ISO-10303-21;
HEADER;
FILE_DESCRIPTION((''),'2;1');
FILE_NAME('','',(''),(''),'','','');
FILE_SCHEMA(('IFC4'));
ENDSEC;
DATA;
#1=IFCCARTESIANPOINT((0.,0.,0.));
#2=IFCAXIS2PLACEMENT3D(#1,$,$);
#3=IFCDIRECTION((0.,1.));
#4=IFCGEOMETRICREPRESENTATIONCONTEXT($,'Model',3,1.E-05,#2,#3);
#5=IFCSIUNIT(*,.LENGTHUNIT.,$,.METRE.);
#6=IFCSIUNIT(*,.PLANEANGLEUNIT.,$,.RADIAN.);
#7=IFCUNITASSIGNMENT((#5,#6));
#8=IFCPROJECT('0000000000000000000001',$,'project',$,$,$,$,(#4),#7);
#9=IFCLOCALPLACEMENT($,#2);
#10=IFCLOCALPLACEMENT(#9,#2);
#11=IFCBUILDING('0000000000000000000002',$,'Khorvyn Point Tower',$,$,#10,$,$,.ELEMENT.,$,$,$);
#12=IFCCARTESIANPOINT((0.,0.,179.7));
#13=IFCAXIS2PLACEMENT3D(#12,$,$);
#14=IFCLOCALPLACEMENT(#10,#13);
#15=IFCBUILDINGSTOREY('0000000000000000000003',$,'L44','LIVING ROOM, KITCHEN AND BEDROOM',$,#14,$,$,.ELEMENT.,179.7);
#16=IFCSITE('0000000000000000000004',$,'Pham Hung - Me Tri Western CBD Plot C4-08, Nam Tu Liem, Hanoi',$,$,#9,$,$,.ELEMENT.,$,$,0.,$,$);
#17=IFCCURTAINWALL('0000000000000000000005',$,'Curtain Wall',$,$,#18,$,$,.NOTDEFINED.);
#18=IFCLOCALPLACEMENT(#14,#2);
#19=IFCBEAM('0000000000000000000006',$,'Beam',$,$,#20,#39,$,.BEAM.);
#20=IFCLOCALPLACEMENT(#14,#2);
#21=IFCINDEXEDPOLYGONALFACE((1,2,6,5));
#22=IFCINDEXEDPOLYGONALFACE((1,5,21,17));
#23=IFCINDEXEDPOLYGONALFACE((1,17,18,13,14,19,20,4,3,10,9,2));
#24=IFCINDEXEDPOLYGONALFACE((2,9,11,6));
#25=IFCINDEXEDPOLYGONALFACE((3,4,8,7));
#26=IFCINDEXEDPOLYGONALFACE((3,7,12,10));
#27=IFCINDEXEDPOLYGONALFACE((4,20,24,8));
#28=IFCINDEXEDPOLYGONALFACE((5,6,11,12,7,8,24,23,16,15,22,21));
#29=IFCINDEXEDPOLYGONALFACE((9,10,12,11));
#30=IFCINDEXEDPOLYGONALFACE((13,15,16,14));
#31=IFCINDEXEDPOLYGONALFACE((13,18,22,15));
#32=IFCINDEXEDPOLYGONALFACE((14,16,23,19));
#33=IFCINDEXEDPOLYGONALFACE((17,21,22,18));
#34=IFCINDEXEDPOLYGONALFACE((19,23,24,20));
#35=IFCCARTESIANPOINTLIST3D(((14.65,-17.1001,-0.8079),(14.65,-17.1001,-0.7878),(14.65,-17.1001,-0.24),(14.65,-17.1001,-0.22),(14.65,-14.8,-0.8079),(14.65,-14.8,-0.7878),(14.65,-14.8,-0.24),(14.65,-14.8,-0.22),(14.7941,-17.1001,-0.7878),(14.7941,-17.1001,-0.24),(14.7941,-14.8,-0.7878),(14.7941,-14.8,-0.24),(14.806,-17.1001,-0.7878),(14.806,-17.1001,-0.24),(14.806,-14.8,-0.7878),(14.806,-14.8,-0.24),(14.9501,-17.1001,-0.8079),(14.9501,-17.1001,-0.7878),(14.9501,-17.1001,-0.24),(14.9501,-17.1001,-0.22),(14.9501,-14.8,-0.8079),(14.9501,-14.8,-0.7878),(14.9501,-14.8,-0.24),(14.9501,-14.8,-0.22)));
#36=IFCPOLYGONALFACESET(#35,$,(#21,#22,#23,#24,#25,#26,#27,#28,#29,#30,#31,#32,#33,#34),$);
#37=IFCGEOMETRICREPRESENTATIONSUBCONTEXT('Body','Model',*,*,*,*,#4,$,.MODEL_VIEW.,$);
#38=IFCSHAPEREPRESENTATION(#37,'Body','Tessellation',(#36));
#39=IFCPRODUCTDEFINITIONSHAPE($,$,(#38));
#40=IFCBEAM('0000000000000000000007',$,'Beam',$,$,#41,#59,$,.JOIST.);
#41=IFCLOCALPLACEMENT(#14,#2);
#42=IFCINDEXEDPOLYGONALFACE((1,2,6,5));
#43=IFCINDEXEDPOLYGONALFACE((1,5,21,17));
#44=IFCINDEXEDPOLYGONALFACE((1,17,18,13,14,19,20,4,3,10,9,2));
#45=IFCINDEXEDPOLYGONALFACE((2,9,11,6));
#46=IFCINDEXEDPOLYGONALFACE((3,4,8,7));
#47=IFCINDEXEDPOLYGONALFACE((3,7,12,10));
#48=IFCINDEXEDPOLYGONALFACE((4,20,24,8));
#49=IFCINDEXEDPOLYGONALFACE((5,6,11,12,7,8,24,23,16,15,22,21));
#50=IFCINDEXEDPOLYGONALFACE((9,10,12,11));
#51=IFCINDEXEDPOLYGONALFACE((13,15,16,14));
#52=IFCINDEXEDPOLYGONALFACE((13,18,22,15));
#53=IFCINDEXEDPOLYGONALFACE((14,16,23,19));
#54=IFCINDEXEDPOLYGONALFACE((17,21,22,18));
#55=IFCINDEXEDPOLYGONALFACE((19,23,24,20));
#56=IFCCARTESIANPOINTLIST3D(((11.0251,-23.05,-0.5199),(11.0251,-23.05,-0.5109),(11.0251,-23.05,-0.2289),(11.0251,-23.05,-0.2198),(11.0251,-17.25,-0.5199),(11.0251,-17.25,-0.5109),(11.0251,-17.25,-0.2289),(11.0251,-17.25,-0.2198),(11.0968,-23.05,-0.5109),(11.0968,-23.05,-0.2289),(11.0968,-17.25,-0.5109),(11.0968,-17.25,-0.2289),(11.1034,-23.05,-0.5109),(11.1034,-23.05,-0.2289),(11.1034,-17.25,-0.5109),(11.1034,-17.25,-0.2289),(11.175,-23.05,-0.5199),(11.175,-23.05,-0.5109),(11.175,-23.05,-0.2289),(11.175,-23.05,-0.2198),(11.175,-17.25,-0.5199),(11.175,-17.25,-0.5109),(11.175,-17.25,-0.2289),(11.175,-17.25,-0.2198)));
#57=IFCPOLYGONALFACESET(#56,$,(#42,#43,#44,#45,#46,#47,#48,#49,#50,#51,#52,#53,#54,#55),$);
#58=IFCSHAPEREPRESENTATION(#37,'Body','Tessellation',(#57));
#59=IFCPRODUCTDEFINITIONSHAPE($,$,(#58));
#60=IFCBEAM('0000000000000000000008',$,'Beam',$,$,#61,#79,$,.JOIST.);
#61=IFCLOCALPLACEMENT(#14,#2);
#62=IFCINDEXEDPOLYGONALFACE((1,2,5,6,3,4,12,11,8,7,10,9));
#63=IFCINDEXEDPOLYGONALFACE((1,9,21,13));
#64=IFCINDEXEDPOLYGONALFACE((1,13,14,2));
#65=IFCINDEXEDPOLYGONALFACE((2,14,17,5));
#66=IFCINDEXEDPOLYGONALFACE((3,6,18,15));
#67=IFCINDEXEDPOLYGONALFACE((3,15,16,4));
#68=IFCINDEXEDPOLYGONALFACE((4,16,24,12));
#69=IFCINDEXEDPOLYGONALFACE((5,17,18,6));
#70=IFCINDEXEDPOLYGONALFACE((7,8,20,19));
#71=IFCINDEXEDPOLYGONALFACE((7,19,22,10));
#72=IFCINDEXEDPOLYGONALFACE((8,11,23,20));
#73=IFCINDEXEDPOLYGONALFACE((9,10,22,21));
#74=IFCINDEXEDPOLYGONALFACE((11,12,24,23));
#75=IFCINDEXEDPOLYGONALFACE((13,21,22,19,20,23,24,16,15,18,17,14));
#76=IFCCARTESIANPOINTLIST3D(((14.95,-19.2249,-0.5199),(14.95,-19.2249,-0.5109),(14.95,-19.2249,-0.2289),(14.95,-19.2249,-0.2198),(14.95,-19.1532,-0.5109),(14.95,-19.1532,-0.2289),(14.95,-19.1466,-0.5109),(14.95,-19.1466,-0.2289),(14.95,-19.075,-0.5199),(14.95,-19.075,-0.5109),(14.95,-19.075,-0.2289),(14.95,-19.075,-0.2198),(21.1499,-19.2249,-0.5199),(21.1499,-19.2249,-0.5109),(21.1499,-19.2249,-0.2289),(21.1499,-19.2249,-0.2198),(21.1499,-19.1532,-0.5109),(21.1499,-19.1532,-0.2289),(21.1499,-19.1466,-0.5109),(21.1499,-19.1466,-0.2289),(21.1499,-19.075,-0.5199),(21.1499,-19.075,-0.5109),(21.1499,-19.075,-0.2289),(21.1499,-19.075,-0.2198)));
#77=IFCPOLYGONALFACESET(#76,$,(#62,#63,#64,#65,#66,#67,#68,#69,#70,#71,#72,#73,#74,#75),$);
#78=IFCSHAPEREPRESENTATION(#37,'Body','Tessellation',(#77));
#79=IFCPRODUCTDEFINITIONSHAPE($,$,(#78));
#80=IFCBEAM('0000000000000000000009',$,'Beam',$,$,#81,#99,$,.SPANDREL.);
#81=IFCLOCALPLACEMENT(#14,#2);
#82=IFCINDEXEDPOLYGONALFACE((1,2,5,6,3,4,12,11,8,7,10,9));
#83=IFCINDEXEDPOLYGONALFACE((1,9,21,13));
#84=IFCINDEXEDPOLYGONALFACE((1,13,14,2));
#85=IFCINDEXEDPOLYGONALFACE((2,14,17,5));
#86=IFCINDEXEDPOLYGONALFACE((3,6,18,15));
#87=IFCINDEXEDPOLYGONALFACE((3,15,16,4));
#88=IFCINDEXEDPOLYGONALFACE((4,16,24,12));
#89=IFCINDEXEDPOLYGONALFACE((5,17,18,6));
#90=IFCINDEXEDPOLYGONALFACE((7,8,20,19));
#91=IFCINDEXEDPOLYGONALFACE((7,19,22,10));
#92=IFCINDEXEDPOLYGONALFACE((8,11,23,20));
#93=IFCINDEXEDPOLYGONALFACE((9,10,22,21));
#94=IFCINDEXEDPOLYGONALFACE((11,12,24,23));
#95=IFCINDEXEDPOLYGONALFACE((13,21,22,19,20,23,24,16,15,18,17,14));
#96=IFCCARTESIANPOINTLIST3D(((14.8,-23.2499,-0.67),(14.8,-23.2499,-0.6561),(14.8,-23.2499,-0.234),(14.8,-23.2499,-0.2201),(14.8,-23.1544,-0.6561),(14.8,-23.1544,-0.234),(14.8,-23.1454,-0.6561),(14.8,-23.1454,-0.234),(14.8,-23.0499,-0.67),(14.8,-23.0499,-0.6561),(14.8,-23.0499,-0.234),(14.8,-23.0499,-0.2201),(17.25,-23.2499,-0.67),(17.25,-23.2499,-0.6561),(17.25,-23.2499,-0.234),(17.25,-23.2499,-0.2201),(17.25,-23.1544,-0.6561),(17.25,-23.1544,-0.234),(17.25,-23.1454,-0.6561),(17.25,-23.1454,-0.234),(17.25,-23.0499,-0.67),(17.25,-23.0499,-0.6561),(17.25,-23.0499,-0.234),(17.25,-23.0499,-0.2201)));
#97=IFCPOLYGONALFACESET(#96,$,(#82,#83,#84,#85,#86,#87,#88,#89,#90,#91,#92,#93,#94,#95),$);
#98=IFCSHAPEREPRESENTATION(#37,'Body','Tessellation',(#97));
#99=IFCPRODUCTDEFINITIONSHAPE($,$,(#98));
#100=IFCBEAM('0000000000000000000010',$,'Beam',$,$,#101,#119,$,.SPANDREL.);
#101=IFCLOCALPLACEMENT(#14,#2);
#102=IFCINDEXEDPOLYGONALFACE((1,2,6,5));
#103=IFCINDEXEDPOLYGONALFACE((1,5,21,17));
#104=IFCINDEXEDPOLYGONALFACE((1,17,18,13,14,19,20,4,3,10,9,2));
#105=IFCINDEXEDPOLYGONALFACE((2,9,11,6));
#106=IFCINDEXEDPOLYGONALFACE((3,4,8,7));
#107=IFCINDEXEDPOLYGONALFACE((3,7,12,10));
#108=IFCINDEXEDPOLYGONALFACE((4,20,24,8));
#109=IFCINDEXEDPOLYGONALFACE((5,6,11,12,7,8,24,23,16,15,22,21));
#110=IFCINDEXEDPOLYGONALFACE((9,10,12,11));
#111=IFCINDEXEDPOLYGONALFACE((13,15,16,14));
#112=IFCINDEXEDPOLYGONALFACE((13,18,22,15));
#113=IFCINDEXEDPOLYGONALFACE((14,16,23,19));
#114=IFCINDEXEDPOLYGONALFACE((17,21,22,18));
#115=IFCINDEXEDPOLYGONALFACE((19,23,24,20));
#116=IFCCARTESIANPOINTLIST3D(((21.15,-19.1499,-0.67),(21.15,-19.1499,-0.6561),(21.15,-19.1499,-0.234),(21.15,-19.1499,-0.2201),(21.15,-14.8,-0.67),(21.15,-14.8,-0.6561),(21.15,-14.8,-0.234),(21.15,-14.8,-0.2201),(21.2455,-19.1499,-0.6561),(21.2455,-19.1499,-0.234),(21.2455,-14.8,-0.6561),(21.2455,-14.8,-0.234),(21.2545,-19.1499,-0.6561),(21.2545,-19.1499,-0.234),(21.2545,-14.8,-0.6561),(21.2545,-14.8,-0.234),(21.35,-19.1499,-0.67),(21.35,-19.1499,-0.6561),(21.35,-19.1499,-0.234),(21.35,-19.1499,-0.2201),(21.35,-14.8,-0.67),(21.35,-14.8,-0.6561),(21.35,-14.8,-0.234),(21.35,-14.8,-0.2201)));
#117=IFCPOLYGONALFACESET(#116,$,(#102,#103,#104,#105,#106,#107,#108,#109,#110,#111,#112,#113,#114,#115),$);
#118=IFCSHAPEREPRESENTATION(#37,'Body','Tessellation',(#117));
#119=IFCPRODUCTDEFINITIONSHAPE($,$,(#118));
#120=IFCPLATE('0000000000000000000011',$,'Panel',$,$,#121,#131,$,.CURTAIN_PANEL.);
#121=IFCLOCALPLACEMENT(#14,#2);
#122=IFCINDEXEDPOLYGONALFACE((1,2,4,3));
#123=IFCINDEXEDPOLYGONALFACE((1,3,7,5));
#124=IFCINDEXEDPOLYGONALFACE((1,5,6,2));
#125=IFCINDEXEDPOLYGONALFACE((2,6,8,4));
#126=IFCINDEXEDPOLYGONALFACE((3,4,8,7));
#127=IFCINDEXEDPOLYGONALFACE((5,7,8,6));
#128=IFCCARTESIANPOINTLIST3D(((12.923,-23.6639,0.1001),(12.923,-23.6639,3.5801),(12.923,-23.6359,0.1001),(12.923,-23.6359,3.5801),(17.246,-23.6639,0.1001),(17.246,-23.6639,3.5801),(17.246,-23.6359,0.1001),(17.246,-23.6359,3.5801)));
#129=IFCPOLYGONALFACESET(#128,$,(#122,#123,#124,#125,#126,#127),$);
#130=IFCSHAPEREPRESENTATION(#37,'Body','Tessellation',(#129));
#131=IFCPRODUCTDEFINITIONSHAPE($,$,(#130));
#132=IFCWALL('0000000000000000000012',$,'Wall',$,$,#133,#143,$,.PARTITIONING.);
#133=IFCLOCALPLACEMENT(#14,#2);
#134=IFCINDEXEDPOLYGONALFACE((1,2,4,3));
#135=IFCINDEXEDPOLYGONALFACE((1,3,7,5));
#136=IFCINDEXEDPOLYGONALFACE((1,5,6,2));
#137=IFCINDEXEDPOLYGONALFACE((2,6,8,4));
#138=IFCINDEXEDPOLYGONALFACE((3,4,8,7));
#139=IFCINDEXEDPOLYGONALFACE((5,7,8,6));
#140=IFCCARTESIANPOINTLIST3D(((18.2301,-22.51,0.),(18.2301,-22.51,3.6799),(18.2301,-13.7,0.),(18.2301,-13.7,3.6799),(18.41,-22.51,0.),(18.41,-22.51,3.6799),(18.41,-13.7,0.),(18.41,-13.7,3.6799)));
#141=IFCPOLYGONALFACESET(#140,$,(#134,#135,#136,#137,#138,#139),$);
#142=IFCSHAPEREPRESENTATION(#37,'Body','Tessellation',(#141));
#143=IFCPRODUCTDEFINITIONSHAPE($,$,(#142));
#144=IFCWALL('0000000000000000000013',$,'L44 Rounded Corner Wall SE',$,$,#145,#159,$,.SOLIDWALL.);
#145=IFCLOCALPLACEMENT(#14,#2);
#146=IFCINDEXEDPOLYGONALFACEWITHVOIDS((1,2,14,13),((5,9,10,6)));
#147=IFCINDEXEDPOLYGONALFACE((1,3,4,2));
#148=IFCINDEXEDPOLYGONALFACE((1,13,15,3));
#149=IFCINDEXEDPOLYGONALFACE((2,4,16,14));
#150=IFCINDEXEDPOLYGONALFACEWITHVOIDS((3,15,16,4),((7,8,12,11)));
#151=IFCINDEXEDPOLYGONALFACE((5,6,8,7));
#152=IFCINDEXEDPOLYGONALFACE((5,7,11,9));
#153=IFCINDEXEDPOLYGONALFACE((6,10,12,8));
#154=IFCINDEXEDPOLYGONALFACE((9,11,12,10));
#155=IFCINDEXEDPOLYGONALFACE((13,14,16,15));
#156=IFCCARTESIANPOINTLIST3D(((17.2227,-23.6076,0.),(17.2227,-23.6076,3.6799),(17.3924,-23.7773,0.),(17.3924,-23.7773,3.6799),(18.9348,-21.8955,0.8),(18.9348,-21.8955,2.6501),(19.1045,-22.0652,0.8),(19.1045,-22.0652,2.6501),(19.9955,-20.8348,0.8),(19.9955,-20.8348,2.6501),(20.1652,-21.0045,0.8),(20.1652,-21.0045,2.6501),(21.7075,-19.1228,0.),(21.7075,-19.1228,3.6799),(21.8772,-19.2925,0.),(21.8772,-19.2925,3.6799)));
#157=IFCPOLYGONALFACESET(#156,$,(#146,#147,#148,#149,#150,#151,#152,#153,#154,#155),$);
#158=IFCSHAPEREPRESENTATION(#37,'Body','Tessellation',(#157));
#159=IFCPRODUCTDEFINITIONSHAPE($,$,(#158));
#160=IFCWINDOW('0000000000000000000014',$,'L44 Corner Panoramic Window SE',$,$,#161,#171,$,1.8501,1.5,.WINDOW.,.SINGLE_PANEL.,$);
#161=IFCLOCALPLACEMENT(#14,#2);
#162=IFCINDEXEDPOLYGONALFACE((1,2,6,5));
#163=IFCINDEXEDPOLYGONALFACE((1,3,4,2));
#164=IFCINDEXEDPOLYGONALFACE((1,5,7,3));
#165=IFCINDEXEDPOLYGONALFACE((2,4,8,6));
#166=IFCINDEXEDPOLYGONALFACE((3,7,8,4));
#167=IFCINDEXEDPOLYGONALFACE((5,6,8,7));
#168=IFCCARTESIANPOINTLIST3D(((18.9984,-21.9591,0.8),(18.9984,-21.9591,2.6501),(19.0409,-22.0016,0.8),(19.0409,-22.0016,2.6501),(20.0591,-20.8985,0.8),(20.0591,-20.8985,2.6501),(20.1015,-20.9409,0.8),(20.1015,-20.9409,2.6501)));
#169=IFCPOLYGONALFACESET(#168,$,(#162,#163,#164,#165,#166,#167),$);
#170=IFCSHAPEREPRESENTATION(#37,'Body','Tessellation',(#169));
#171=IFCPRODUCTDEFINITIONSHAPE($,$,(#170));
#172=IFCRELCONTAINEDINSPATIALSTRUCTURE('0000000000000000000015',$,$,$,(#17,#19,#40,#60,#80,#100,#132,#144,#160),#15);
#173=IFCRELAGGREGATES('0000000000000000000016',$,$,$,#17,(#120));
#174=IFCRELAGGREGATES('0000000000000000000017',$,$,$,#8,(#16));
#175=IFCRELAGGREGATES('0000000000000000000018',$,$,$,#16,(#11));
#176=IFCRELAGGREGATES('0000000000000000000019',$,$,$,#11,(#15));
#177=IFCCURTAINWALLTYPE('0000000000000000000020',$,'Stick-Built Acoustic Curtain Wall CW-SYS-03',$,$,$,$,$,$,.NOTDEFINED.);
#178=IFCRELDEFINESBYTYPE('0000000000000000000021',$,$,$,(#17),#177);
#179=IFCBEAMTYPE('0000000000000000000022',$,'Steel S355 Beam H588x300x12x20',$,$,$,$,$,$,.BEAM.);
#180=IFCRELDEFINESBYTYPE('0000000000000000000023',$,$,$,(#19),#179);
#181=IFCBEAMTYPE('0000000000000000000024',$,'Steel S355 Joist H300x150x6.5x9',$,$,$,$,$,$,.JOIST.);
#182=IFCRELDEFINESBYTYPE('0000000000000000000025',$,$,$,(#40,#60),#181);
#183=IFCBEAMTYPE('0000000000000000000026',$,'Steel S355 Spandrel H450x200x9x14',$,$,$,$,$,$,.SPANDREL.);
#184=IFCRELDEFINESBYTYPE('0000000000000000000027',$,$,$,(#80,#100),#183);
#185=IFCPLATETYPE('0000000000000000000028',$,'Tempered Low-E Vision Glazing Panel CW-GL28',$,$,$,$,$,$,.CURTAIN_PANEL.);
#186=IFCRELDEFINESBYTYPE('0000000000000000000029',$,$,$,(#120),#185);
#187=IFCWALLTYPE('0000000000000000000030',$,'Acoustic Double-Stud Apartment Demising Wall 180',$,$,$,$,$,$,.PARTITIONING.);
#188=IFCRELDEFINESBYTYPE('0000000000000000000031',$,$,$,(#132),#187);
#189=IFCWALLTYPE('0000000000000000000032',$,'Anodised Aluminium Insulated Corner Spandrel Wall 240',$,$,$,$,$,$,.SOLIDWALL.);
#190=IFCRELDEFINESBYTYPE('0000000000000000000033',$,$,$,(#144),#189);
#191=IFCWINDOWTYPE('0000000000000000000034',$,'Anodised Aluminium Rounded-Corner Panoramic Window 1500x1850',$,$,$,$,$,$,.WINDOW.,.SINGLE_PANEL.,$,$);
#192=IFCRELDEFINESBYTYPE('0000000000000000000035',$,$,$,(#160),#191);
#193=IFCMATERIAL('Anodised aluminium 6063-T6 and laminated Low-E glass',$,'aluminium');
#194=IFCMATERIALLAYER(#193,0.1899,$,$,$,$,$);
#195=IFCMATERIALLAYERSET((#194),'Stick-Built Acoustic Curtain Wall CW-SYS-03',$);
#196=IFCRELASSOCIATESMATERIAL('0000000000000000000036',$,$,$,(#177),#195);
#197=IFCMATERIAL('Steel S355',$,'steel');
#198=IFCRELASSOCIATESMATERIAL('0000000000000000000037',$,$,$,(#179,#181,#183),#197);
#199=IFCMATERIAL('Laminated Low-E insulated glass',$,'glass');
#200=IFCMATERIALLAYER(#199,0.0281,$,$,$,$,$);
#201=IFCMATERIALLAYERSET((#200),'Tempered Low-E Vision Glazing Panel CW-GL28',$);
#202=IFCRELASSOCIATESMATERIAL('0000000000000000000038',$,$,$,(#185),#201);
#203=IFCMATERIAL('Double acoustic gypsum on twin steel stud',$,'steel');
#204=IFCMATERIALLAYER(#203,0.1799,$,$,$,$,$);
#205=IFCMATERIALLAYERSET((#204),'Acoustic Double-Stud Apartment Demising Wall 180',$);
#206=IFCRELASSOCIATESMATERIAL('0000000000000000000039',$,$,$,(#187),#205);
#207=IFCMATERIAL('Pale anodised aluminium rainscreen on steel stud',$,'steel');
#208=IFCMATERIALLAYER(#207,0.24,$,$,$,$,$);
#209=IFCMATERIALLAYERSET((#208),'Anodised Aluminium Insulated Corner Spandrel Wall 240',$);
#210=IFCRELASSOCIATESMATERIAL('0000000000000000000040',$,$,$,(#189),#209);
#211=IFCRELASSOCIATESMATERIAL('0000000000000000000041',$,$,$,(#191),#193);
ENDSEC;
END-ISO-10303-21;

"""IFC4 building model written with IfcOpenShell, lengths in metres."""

from ifc_helpers import new_model, si_unit, direction, frame, frame_2d, origin, origin_2d, place, context, subcontext, project, spatial, rectangle, i_section, extrude, material, layer, layer_set, material_profile, profile_set, type_object, element, fill, aggregate, save


model = new_model("IFC4")

# Units and contexts
model_context = context("Model", 3, precision=1e-05, world=origin(), true_north=direction((0.0, 1.0)))
body_context = subcontext(model_context, "Body", "Model", "MODEL_VIEW")
ifc_project = project(units=[si_unit("LENGTHUNIT", "METRE"), si_unit("PLANEANGLEUNIT", "RADIAN")], contexts=[model_context])

# Site, building, storey
site_placement = place(None, origin())
site = spatial("IfcSite", under=ifc_project, at=site_placement, Name="Pham Hung - Me Tri Western CBD Plot C4-08, Nam Tu Liem, Hanoi", CompositionType="ELEMENT", RefElevation=0.0)
building_placement = place(site_placement, origin())
building = spatial("IfcBuilding", under=site, at=building_placement, Name="Khorvyn Point Tower", CompositionType="ELEMENT")
storey_placement = place(building_placement, frame((0.0, 0.0, 179.7)))
storey = spatial("IfcBuildingStorey", under=building, at=storey_placement, Name="L44", Description="LIVING ROOM, KITCHEN AND BEDROOM", CompositionType="ELEMENT", Elevation=179.7)

# Curtain wall
ifc_material_1 = material(Name="Anodised aluminium 6063-T6 and laminated Low-E glass", Category="aluminium")
ifc_layer_1 = layer(ifc_material_1, 0.1899)
ifc_layer_set_1 = layer_set([ifc_layer_1], Name="Stick-Built Acoustic Curtain Wall CW-SYS-03")
curtain_wall_type = type_object("IfcCurtainWallType", Name="Stick-Built Acoustic Curtain Wall CW-SYS-03", PredefinedType="NOTDEFINED", material=ifc_layer_set_1)
curtain_wall_1_placement = place(storey_placement, origin())
curtain_wall_1 = element("IfcCurtainWall", 1, at=curtain_wall_1_placement, inside=storey, type_object=curtain_wall_type, Name="Curtain Wall", PredefinedType="NOTDEFINED")

# Beams
ifc_material_2 = material(Name="Steel S355", Category="steel")
ifc_material_profile_1 = material_profile(ifc_material_2, i_section(OverallWidth=0.3, OverallDepth=0.5879, WebThickness=0.012, FlangeThickness=0.02, at=origin_2d()))
ifc_profile_set_1 = profile_set([ifc_material_profile_1], Name="Steel S355 H588x300x12x20")
beam_type_1 = type_object("IfcBeamType", Name="Steel S355 Beam H588x300x12x20", PredefinedType="BEAM", material=ifc_profile_set_1)
beam_1_placement = place(storey_placement, frame((14.8, -17.1001, -0.5139), z_axis=(0.0, 1.0, 0.0), x_axis=(-1.0, 0.0, 0.0)))
element("IfcBeam", 2, at=beam_1_placement, inside=storey, type_object=beam_type_1, Name="Beam", PredefinedType="BEAM", context=body_context, shape_type="SweptSolid", body=[
    extrude(i_section(OverallWidth=0.3, OverallDepth=0.5879, WebThickness=0.012, FlangeThickness=0.02, at=origin_2d()), origin(), (0.0, 0.0, 1.0), 2.3),
])
ifc_material_profile_2 = material_profile(ifc_material_2, i_section(OverallWidth=0.1499, OverallDepth=0.3, WebThickness=0.0066, FlangeThickness=0.009, at=origin_2d()))
ifc_profile_set_2 = profile_set([ifc_material_profile_2], Name="Steel S355 H300x150x6.5x9")
beam_type_2 = type_object("IfcBeamType", Name="Steel S355 Joist H300x150x6.5x9", PredefinedType="JOIST", material=ifc_profile_set_2)
beam_2_placement = place(storey_placement, frame((11.1001, -23.05, -0.3699), z_axis=(0.0, 1.0, 0.0), x_axis=(-1.0, 0.0, 0.0)))
element("IfcBeam", 3, at=beam_2_placement, inside=storey, type_object=beam_type_2, Name="Beam", PredefinedType="JOIST", context=body_context, shape_type="SweptSolid", body=[
    extrude(i_section(OverallWidth=0.1499, OverallDepth=0.3, WebThickness=0.0066, FlangeThickness=0.009, at=origin_2d()), origin(), (0.0, 0.0, 1.0), 5.8),
])
beam_3_placement = place(storey_placement, frame((14.95, -19.1499, -0.3699), z_axis=(1.0, 0.0, 0.0), x_axis=(0.0, 1.0, 0.0)))
element("IfcBeam", 4, at=beam_3_placement, inside=storey, type_object=beam_type_2, Name="Beam", PredefinedType="JOIST", context=body_context, shape_type="SweptSolid", body=[
    extrude(i_section(OverallWidth=0.1499, OverallDepth=0.3, WebThickness=0.0066, FlangeThickness=0.009, at=origin_2d()), origin(), (0.0, 0.0, 1.0), 6.2),
])
ifc_material_profile_3 = material_profile(ifc_material_2, i_section(OverallWidth=0.2, OverallDepth=0.45, WebThickness=0.009, FlangeThickness=0.0139, at=origin_2d()))
ifc_profile_set_3 = profile_set([ifc_material_profile_3], Name="Steel S355 H450x200x9x14")
beam_type_3 = type_object("IfcBeamType", Name="Steel S355 Spandrel H450x200x9x14", PredefinedType="SPANDREL", material=ifc_profile_set_3)
beam_4_placement = place(storey_placement, frame((14.8, -23.1499, -0.4451), z_axis=(1.0, 0.0, 0.0), x_axis=(0.0, 1.0, 0.0)))
element("IfcBeam", 5, at=beam_4_placement, inside=storey, type_object=beam_type_3, Name="Beam", PredefinedType="SPANDREL", context=body_context, shape_type="SweptSolid", body=[
    extrude(i_section(OverallWidth=0.2, OverallDepth=0.45, WebThickness=0.009, FlangeThickness=0.0139, at=origin_2d()), origin(), (0.0, 0.0, 1.0), 2.45),
])
beam_5_placement = place(storey_placement, frame((21.25, -19.1499, -0.4451), z_axis=(0.0, 1.0, 0.0), x_axis=(-1.0, 0.0, 0.0)))
element("IfcBeam", 6, at=beam_5_placement, inside=storey, type_object=beam_type_3, Name="Beam", PredefinedType="SPANDREL", context=body_context, shape_type="SweptSolid", body=[
    extrude(i_section(OverallWidth=0.2, OverallDepth=0.45, WebThickness=0.009, FlangeThickness=0.0139, at=origin_2d()), origin(), (0.0, 0.0, 1.0), 4.3499),
])

# Plate
ifc_material_3 = material(Name="Laminated Low-E insulated glass", Category="glass")
ifc_layer_2 = layer(ifc_material_3, 0.0281)
ifc_layer_set_2 = layer_set([ifc_layer_2], Name="Tempered Low-E Vision Glazing Panel CW-GL28")
plate_type = type_object("IfcPlateType", Name="Tempered Low-E Vision Glazing Panel CW-GL28", PredefinedType="CURTAIN_PANEL", material=ifc_layer_set_2)
plate_placement = place(storey_placement, frame((15.0845, -23.6499, 0.1001), z_axis=(0.0, 0.0, 1.0), x_axis=(-1.0, 0.0, 0.0)))
plate = element("IfcPlate", 7, at=plate_placement, type_object=plate_type, Name="Panel", PredefinedType="CURTAIN_PANEL", context=body_context, shape_type="SweptSolid", body=[
    extrude(rectangle(XDim=4.323, YDim=0.0281, at=origin_2d()), origin(), (0.0, 0.0, 1.0), 3.48),
])
aggregate(curtain_wall_1, [plate])

# Wall
ifc_material_4 = material(Name="Double acoustic gypsum on twin steel stud", Category="steel")
ifc_layer_3 = layer(ifc_material_4, 0.1799)
ifc_layer_set_3 = layer_set([ifc_layer_3], Name="Acoustic Double-Stud Apartment Demising Wall 180")
wall_type_1 = type_object("IfcWallType", Name="Acoustic Double-Stud Apartment Demising Wall 180", PredefinedType="PARTITIONING", material=ifc_layer_set_3)
wall_1_placement = place(storey_placement, frame((18.3201, -22.51, 0.0), z_axis=(0.0, 0.0, 1.0), x_axis=(0.0, 1.0, 0.0)))
element("IfcWall", 8, at=wall_1_placement, inside=storey, type_object=wall_type_1, Name="Wall", PredefinedType="PARTITIONING", context=body_context, shape_type="SweptSolid", body=[
    extrude(rectangle(XDim=8.8101, YDim=0.1799, at=frame_2d((4.405, 0.0))), origin(), (0.0, 0.0, 1.0), 3.6799),
])

# Wall, opening, window
ifc_material_5 = material(Name="Pale anodised aluminium rainscreen on steel stud", Category="steel")
ifc_layer_4 = layer(ifc_material_5, 0.24)
ifc_layer_set_4 = layer_set([ifc_layer_4], Name="Anodised Aluminium Insulated Corner Spandrel Wall 240")
wall_type_2 = type_object("IfcWallType", Name="Anodised Aluminium Insulated Corner Spandrel Wall 240", PredefinedType="SOLIDWALL", material=ifc_layer_set_4)
wall_2_placement = place(storey_placement, frame((21.7925, -19.2075, 0.0), z_axis=(0.0, 0.0, 1.0), x_axis=(-0.707107, -0.707107, 0.0)))
wall_2 = element("IfcWall", 9, at=wall_2_placement, inside=storey, type_object=wall_type_2, Name="L44 Rounded Corner Wall SE", PredefinedType="SOLIDWALL", context=body_context, shape_type="SweptSolid", body=[
    extrude(rectangle(XDim=6.3425, YDim=0.24, at=frame_2d((3.1714, 0.0))), origin(), (0.0, 0.0, 1.0), 3.6799),
])
opening_1_placement = place(wall_2_placement, frame((2.4214, 0.0, 0.8)))
opening_1 = element("IfcOpeningElement", 10, at=opening_1_placement, cuts=wall_2, PredefinedType="OPENING", context=body_context, shape_type="SweptSolid", body=[
    extrude(rectangle(XDim=1.5, YDim=1.8501, at=frame_2d((0.75, 0.925))), frame((0.0, 0.1299, 0.0), z_axis=(0.0, -1.0, 0.0), x_axis=(1.0, 0.0, 0.0)), (0.0, 0.0, 1.0), 0.26),
])
window_type = type_object("IfcWindowType", Name="Anodised Aluminium Rounded-Corner Panoramic Window 1500x1850", PartitioningType="SINGLE_PANEL", PredefinedType="WINDOW", material=ifc_material_1)
window_placement = place(opening_1_placement, origin())
window = element("IfcWindow", 11, at=window_placement, inside=storey, type_object=window_type, Name="L44 Corner Panoramic Window SE", OverallHeight=1.8501, OverallWidth=1.5, PartitioningType="SINGLE_PANEL", PredefinedType="WINDOW", context=body_context, shape_type="SweptSolid", body=[
    extrude(rectangle(XDim=1.5, YDim=1.8501, at=frame_2d((0.75, 0.925))), frame((0.0, 0.03, 0.0), z_axis=(0.0, -1.0, 0.0), x_axis=(1.0, 0.0, 0.0)), (0.0, 0.0, 1.0), 0.0601),
])
fill(opening_1, window)

save(model, "model.ifc")
